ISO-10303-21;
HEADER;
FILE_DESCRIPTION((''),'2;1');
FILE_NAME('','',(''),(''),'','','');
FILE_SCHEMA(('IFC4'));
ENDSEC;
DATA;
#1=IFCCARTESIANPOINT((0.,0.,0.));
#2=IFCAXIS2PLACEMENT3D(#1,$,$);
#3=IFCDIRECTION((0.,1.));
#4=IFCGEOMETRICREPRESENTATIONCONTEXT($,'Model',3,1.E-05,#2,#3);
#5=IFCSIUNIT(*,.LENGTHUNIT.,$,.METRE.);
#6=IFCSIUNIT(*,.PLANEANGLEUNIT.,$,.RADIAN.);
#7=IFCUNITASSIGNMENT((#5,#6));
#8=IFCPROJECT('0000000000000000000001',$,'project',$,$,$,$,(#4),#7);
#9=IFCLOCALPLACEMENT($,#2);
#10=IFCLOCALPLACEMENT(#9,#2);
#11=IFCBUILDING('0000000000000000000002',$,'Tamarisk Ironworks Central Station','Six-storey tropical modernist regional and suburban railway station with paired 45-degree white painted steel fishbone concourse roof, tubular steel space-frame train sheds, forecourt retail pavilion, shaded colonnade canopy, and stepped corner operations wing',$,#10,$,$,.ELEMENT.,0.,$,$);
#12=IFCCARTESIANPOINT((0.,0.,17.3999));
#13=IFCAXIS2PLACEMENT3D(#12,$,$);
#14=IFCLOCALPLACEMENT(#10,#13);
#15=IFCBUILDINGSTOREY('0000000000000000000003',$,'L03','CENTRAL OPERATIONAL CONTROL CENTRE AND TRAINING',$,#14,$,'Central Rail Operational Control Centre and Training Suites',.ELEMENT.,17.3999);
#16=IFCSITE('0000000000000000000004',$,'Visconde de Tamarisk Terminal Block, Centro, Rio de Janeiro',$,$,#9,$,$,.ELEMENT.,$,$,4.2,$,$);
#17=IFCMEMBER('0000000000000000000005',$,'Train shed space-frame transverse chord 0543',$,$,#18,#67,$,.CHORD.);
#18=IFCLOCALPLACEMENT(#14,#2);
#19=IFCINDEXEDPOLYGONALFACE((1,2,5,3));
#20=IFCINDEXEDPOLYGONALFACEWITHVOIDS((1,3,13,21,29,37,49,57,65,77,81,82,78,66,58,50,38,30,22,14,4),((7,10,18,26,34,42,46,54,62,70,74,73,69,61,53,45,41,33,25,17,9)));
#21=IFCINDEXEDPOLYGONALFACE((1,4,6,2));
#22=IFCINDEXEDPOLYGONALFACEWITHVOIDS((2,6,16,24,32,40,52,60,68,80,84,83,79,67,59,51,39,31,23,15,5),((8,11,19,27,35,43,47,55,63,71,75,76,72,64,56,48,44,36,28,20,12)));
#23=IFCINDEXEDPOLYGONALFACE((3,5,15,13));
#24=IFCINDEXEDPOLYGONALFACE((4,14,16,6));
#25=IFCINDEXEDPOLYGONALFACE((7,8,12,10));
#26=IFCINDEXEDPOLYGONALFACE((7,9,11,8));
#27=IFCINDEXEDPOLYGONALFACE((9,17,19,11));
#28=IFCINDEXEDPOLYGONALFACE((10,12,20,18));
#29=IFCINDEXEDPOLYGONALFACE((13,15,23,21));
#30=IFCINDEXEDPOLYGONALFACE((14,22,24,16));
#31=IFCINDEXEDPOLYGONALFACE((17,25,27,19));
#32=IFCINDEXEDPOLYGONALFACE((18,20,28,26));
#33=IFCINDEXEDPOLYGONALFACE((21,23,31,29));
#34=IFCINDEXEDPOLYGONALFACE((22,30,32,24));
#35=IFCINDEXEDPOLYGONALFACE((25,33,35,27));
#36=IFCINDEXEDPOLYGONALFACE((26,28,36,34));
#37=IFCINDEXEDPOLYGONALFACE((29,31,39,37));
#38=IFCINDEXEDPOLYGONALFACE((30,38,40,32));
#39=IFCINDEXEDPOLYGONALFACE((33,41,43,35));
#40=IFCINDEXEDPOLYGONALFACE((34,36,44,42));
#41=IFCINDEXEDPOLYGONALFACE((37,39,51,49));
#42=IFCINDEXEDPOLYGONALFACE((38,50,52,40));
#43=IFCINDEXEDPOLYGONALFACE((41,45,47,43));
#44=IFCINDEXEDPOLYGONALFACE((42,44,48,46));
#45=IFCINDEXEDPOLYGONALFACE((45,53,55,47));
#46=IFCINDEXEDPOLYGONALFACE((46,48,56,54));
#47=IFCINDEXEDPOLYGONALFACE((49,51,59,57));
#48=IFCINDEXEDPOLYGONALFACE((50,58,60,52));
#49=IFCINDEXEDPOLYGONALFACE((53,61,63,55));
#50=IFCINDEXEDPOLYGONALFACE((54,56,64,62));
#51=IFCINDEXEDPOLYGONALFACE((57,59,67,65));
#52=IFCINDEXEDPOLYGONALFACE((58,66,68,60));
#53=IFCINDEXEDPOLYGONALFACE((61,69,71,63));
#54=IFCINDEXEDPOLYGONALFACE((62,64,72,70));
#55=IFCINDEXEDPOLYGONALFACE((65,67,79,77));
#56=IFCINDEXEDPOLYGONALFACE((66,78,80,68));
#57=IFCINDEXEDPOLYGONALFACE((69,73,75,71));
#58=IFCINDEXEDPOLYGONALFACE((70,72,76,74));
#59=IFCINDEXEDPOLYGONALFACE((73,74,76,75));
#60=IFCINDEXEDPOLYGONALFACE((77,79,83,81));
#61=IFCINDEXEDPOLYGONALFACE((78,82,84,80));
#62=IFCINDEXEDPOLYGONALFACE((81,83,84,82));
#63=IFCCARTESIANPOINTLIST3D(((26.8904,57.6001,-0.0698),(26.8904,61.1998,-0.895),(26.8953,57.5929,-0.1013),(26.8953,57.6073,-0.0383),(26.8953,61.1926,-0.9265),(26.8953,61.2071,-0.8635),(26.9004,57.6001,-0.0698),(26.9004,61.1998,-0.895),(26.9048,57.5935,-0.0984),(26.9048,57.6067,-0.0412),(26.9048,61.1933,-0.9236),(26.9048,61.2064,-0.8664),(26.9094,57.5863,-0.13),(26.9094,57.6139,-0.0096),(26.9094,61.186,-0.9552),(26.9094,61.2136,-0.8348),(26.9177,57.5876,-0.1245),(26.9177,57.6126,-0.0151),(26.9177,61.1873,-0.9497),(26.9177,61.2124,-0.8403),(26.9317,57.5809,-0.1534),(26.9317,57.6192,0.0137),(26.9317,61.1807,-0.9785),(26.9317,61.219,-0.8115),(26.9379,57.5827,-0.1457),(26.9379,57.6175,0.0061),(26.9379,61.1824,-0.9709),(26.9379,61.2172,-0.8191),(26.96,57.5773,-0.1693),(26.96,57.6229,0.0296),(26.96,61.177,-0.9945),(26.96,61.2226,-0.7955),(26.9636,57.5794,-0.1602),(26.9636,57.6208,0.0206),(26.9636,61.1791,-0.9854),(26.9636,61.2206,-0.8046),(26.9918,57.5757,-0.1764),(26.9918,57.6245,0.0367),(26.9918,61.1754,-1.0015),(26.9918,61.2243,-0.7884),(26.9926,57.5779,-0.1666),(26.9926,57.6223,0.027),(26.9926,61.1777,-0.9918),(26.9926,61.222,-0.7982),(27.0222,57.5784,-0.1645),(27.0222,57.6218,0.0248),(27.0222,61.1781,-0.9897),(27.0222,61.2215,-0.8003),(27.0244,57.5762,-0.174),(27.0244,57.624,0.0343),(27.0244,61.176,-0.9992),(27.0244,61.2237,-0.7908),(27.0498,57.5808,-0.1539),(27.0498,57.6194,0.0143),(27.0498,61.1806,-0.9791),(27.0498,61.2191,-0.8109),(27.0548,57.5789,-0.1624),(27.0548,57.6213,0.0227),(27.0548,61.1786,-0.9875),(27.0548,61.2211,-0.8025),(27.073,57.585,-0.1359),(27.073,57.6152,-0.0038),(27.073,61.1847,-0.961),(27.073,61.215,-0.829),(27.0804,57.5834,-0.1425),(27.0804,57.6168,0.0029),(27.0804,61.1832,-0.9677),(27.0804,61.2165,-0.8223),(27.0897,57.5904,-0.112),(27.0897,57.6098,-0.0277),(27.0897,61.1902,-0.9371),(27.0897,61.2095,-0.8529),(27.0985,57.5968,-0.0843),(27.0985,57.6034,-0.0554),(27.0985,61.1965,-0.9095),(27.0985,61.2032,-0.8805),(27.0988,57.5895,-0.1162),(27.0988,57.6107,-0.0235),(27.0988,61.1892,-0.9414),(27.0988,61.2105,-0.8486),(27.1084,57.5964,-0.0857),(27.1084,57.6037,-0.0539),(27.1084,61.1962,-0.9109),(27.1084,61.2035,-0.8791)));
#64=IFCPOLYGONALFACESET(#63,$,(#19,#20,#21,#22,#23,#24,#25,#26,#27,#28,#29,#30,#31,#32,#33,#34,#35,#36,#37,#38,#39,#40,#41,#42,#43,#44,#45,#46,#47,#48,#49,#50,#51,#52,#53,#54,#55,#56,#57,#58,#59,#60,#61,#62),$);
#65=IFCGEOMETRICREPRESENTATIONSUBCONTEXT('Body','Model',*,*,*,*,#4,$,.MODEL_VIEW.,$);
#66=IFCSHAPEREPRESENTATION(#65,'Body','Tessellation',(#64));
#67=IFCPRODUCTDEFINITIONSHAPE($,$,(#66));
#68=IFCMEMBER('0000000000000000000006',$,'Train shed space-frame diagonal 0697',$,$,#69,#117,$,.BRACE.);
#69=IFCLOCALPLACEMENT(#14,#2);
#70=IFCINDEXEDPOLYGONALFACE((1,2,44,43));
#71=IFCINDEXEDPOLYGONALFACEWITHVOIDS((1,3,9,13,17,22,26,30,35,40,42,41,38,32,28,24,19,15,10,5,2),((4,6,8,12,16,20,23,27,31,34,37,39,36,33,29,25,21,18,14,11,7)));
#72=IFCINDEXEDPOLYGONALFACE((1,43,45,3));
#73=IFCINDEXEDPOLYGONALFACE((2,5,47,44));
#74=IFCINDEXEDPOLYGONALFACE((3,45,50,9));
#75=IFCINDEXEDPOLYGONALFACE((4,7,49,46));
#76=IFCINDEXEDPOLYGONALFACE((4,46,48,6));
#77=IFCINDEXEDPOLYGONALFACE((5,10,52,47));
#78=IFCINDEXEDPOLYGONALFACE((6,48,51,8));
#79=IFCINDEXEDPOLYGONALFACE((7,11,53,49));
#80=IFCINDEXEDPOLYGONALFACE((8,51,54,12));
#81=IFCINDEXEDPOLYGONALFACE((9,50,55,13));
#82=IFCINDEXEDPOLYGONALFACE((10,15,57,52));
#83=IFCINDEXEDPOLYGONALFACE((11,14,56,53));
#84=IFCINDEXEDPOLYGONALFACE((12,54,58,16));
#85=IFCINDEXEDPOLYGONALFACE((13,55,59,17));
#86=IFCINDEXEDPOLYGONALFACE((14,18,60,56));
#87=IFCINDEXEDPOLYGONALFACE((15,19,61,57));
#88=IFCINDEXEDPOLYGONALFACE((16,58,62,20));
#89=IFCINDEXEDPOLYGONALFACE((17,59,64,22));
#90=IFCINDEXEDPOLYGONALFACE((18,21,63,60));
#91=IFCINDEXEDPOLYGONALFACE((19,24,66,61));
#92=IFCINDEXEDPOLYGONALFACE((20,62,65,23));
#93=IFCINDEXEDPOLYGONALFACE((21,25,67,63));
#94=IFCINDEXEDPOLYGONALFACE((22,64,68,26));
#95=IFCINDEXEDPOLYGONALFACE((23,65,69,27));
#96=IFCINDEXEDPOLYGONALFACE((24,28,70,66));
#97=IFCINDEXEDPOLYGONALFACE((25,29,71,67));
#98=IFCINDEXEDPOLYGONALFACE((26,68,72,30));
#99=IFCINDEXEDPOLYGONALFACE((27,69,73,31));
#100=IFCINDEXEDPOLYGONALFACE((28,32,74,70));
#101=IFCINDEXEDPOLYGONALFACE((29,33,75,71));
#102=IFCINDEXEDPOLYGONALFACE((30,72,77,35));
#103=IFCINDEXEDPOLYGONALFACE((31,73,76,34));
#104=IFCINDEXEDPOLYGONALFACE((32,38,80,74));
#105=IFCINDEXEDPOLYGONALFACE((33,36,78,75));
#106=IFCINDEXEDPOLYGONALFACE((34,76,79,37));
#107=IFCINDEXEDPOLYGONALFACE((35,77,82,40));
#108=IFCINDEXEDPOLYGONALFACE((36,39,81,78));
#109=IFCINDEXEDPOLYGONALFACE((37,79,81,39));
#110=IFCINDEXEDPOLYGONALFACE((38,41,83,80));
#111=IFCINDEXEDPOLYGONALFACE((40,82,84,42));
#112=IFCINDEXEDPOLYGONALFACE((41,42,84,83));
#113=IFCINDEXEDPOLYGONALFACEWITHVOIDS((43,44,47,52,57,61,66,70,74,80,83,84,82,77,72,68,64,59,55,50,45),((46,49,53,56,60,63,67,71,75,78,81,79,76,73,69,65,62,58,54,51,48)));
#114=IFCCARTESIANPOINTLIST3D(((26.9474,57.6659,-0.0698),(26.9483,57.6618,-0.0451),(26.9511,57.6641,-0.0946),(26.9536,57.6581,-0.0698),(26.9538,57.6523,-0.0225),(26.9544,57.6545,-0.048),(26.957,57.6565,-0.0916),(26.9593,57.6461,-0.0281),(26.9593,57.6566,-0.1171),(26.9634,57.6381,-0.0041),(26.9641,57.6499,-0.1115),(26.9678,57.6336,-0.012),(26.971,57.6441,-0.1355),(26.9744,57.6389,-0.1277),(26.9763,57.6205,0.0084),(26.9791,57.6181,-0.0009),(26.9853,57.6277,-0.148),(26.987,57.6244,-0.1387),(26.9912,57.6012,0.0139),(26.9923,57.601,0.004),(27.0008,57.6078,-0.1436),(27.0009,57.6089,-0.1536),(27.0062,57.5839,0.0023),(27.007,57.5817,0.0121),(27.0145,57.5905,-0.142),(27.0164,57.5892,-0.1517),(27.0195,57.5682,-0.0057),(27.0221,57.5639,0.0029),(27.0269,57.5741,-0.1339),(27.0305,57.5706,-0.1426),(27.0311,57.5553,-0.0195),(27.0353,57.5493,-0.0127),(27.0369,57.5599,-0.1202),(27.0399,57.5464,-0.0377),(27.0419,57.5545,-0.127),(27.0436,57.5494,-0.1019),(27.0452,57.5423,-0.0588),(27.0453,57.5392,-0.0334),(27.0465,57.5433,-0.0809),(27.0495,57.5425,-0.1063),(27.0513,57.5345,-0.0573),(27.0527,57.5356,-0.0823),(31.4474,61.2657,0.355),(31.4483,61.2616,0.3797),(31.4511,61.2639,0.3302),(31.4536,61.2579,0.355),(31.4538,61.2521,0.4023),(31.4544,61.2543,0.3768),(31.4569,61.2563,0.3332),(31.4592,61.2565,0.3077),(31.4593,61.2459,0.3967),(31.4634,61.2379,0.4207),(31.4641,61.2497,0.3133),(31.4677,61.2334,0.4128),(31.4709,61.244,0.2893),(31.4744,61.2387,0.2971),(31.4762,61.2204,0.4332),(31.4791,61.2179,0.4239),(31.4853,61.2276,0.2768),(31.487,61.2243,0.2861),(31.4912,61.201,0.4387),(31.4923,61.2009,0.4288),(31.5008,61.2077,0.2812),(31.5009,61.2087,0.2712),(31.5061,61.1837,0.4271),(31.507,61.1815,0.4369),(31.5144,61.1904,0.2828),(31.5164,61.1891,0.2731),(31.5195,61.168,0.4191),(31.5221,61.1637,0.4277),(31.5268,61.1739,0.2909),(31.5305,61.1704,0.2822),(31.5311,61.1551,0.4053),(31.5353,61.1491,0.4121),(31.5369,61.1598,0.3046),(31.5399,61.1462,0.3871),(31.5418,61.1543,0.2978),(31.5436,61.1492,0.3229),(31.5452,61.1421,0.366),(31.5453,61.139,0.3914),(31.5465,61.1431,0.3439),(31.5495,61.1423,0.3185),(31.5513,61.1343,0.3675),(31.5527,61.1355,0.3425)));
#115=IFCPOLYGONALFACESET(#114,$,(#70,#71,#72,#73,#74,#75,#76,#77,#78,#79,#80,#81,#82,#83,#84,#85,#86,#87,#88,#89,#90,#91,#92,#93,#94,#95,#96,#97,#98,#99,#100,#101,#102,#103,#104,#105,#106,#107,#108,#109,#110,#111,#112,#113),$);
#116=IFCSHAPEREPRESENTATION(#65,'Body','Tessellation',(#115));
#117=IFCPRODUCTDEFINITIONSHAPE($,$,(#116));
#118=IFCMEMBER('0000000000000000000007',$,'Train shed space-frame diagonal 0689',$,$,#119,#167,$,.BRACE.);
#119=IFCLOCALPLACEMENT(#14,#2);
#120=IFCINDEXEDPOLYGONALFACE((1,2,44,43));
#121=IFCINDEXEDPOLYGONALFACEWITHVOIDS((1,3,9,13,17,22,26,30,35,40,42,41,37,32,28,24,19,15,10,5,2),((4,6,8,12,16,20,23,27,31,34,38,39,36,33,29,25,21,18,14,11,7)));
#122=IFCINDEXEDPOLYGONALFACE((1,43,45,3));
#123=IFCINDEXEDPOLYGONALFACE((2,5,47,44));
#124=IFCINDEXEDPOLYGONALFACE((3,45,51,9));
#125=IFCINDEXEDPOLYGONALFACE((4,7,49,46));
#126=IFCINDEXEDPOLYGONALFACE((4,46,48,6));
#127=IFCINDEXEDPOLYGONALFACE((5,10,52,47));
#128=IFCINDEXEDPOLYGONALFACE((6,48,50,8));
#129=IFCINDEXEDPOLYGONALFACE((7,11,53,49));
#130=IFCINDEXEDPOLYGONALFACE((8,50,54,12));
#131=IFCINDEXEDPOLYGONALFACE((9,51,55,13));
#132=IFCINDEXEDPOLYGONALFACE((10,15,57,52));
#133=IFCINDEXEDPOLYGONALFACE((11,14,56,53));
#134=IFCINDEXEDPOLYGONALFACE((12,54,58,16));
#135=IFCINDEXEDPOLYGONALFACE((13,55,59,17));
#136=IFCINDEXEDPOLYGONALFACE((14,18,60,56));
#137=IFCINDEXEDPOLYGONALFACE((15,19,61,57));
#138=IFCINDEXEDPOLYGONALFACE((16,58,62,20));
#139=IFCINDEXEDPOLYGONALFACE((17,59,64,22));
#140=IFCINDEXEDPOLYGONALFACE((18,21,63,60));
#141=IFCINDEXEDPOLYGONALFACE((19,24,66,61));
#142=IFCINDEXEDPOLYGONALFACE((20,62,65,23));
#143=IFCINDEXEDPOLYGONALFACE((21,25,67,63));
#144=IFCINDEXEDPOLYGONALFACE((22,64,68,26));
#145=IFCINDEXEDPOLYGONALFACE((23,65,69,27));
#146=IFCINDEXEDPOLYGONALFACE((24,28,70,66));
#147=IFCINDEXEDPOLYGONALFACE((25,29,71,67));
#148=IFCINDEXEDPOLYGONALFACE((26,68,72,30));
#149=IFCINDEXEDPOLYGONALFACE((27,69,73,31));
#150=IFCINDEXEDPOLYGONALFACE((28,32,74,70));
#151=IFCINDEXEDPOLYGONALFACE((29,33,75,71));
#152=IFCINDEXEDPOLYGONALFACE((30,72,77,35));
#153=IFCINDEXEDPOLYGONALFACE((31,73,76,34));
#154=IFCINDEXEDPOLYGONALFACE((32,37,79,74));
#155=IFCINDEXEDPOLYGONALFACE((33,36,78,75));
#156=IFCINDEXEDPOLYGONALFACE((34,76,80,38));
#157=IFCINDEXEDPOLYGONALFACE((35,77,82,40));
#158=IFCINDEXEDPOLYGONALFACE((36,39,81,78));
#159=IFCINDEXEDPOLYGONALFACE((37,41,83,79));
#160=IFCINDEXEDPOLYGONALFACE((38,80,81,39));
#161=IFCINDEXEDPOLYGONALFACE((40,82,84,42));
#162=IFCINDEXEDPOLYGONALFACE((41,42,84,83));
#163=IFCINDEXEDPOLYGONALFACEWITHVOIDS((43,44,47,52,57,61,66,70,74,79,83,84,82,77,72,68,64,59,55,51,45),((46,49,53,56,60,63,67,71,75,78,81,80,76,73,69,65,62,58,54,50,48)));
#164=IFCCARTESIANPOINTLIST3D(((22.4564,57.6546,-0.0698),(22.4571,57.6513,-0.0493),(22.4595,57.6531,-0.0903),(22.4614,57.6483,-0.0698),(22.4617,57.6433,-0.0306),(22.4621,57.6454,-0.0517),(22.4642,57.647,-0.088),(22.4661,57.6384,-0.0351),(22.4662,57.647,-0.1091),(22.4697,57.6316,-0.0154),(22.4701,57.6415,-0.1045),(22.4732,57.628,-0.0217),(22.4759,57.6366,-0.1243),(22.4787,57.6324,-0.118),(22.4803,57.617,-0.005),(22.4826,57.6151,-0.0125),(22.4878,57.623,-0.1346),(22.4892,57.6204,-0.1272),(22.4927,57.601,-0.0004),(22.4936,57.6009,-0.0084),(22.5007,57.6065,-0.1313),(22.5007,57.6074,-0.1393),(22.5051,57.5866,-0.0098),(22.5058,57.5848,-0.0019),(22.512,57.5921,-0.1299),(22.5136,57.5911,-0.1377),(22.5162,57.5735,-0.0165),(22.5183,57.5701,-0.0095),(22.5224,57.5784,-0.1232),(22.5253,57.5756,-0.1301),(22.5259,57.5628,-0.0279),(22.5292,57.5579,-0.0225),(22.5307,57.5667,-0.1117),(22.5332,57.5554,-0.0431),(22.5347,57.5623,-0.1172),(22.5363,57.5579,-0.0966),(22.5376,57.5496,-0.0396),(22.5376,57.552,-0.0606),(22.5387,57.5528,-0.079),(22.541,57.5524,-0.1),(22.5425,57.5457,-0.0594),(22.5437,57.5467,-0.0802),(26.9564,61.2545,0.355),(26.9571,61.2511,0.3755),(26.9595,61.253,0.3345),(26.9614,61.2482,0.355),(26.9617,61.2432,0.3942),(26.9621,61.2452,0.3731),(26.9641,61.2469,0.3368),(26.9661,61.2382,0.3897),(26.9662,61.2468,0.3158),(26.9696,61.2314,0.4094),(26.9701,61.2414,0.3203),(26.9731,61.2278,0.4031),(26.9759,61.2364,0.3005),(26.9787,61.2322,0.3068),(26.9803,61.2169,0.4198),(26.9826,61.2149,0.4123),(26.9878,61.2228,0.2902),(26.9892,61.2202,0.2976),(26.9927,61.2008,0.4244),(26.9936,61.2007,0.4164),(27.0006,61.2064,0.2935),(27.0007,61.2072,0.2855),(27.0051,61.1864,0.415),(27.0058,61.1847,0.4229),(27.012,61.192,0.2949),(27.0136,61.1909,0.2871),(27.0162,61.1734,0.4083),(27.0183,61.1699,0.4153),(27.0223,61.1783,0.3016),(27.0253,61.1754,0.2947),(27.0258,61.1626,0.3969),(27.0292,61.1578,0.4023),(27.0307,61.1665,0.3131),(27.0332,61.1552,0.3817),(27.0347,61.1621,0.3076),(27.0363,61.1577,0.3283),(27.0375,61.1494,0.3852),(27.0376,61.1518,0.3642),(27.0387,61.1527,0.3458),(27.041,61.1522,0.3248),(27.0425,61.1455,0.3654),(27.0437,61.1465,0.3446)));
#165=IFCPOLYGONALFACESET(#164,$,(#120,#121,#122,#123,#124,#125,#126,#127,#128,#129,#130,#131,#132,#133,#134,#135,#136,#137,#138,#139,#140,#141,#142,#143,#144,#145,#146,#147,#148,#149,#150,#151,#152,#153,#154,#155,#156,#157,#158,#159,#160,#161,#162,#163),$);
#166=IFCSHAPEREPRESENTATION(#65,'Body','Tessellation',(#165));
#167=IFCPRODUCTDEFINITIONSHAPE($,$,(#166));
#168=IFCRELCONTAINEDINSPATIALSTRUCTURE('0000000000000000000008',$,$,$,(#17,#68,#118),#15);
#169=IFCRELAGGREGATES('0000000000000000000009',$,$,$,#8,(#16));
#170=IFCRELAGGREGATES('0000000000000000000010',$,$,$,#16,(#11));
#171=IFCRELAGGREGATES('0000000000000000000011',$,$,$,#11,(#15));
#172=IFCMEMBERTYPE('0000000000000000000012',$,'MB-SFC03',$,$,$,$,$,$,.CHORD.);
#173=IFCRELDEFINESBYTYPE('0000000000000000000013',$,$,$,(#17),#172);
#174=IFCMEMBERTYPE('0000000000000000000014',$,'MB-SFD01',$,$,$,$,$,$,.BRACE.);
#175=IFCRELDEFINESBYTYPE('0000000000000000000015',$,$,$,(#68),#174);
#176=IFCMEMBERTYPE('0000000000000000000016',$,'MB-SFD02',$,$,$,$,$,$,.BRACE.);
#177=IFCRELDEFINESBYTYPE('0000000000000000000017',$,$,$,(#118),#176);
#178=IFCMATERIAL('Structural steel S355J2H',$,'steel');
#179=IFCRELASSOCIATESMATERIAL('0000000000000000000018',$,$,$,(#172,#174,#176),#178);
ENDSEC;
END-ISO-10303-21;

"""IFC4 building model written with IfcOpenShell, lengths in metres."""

from ifc_helpers import new_model, si_unit, direction, frame, origin, origin_2d, place, context, subcontext, project, spatial, hollow_circle, extrude, material, material_profile, profile_set, type_object, element, save


model = new_model("IFC4")

# Units and contexts
model_context = context("Model", 3, precision=1e-05, world=origin(), true_north=direction((0.0, 1.0)))
body_context = subcontext(model_context, "Body", "Model", "MODEL_VIEW")
ifc_project = project(units=[si_unit("LENGTHUNIT", "METRE"), si_unit("PLANEANGLEUNIT", "RADIAN")], contexts=[model_context])

# Site, building, storey
site_placement = place(None, origin())
site = spatial("IfcSite", under=ifc_project, at=site_placement, Name="Visconde de Tamarisk Terminal Block, Centro, Rio de Janeiro", CompositionType="ELEMENT", RefElevation=4.2)
building_placement = place(site_placement, origin())
building = spatial("IfcBuilding", under=site, at=building_placement, Name="Tamarisk Ironworks Central Station", Description="Six-storey tropical modernist regional and suburban railway station with paired 45-degree white painted steel fishbone concourse roof, tubular steel space-frame train sheds, forecourt retail pavilion, shaded colonnade canopy, and stepped corner operations wing", CompositionType="ELEMENT", ElevationOfRefHeight=0.0)
storey_placement = place(building_placement, frame((0.0, 0.0, 17.3999)))
storey = spatial("IfcBuildingStorey", under=building, at=storey_placement, Name="L03", Description="CENTRAL OPERATIONAL CONTROL CENTRE AND TRAINING", LongName="Central Rail Operational Control Centre and Training Suites", CompositionType="ELEMENT", Elevation=17.3999)

# Members
ifc_material_1 = material(Name="Structural steel S355J2H", Category="steel")
ifc_material_profile_1 = material_profile(ifc_material_1, hollow_circle(Radius=0.1096, WallThickness=0.01, at=origin_2d()), Name="CHS 219.1x10")
ifc_profile_set_1 = profile_set([ifc_material_profile_1], Name="Structural steel S355J2H")
member_type_1 = type_object("IfcMemberType", Name="MB-SFC03", PredefinedType="CHORD", material=ifc_profile_set_1)
member_1_placement = place(storey_placement, frame((27.0, 57.6001, -0.0698), z_axis=(0.0, 0.974719, -0.223435), x_axis=(-1.0, 0.0, 0.0)))
element("IfcMember", 1, at=member_1_placement, inside=storey, type_object=member_type_1, Name="Train shed space-frame transverse chord 0543", PredefinedType="CHORD", context=body_context, shape_type="SweptSolid", body=[
    extrude(hollow_circle(Radius=0.1096, WallThickness=0.01, at=origin_2d()), origin(), (0.0, 0.0, 1.0), 3.6931),
])
ifc_material_profile_2 = material_profile(ifc_material_1, hollow_circle(Radius=0.0842, WallThickness=0.01, at=origin_2d()), Name="CHS 168.3x10")
ifc_profile_set_2 = profile_set([ifc_material_profile_2], Name="Structural steel S355J2H")
member_type_2 = type_object("IfcMemberType", Name="MB-SFD01", PredefinedType="BRACE", material=ifc_profile_set_2)
member_2_placement = place(storey_placement, frame((27.0, 57.6001, -0.0698), z_axis=(0.778768, 0.622989, 0.073517), x_axis=(-0.62468, 0.780881, 0.0)))
element("IfcMember", 2, at=member_2_placement, inside=storey, type_object=member_type_2, Name="Train shed space-frame diagonal 0697", PredefinedType="BRACE", context=body_context, shape_type="SweptSolid", body=[
    extrude(hollow_circle(Radius=0.0842, WallThickness=0.01, at=origin_2d()), origin(), (0.0, 0.0, 1.0), 5.7783),
])
ifc_material_profile_3 = material_profile(ifc_material_1, hollow_circle(Radius=0.0698, WallThickness=0.0081, at=origin_2d()), Name="CHS 139.7x8")
ifc_profile_set_3 = profile_set([ifc_material_profile_3], Name="Structural steel S355J2H")
member_type_3 = type_object("IfcMemberType", Name="MB-SFD02", PredefinedType="BRACE", material=ifc_profile_set_3)
member_3_placement = place(storey_placement, frame((22.5, 57.6001, -0.0698), z_axis=(0.778768, 0.622989, 0.073517), x_axis=(-0.62468, 0.780881, 0.0)))
element("IfcMember", 3, at=member_3_placement, inside=storey, type_object=member_type_3, Name="Train shed space-frame diagonal 0689", PredefinedType="BRACE", context=body_context, shape_type="SweptSolid", body=[
    extrude(hollow_circle(Radius=0.0698, WallThickness=0.0081, at=origin_2d()), origin(), (0.0, 0.0, 1.0), 5.7783),
])

save(model, "model.ifc")
